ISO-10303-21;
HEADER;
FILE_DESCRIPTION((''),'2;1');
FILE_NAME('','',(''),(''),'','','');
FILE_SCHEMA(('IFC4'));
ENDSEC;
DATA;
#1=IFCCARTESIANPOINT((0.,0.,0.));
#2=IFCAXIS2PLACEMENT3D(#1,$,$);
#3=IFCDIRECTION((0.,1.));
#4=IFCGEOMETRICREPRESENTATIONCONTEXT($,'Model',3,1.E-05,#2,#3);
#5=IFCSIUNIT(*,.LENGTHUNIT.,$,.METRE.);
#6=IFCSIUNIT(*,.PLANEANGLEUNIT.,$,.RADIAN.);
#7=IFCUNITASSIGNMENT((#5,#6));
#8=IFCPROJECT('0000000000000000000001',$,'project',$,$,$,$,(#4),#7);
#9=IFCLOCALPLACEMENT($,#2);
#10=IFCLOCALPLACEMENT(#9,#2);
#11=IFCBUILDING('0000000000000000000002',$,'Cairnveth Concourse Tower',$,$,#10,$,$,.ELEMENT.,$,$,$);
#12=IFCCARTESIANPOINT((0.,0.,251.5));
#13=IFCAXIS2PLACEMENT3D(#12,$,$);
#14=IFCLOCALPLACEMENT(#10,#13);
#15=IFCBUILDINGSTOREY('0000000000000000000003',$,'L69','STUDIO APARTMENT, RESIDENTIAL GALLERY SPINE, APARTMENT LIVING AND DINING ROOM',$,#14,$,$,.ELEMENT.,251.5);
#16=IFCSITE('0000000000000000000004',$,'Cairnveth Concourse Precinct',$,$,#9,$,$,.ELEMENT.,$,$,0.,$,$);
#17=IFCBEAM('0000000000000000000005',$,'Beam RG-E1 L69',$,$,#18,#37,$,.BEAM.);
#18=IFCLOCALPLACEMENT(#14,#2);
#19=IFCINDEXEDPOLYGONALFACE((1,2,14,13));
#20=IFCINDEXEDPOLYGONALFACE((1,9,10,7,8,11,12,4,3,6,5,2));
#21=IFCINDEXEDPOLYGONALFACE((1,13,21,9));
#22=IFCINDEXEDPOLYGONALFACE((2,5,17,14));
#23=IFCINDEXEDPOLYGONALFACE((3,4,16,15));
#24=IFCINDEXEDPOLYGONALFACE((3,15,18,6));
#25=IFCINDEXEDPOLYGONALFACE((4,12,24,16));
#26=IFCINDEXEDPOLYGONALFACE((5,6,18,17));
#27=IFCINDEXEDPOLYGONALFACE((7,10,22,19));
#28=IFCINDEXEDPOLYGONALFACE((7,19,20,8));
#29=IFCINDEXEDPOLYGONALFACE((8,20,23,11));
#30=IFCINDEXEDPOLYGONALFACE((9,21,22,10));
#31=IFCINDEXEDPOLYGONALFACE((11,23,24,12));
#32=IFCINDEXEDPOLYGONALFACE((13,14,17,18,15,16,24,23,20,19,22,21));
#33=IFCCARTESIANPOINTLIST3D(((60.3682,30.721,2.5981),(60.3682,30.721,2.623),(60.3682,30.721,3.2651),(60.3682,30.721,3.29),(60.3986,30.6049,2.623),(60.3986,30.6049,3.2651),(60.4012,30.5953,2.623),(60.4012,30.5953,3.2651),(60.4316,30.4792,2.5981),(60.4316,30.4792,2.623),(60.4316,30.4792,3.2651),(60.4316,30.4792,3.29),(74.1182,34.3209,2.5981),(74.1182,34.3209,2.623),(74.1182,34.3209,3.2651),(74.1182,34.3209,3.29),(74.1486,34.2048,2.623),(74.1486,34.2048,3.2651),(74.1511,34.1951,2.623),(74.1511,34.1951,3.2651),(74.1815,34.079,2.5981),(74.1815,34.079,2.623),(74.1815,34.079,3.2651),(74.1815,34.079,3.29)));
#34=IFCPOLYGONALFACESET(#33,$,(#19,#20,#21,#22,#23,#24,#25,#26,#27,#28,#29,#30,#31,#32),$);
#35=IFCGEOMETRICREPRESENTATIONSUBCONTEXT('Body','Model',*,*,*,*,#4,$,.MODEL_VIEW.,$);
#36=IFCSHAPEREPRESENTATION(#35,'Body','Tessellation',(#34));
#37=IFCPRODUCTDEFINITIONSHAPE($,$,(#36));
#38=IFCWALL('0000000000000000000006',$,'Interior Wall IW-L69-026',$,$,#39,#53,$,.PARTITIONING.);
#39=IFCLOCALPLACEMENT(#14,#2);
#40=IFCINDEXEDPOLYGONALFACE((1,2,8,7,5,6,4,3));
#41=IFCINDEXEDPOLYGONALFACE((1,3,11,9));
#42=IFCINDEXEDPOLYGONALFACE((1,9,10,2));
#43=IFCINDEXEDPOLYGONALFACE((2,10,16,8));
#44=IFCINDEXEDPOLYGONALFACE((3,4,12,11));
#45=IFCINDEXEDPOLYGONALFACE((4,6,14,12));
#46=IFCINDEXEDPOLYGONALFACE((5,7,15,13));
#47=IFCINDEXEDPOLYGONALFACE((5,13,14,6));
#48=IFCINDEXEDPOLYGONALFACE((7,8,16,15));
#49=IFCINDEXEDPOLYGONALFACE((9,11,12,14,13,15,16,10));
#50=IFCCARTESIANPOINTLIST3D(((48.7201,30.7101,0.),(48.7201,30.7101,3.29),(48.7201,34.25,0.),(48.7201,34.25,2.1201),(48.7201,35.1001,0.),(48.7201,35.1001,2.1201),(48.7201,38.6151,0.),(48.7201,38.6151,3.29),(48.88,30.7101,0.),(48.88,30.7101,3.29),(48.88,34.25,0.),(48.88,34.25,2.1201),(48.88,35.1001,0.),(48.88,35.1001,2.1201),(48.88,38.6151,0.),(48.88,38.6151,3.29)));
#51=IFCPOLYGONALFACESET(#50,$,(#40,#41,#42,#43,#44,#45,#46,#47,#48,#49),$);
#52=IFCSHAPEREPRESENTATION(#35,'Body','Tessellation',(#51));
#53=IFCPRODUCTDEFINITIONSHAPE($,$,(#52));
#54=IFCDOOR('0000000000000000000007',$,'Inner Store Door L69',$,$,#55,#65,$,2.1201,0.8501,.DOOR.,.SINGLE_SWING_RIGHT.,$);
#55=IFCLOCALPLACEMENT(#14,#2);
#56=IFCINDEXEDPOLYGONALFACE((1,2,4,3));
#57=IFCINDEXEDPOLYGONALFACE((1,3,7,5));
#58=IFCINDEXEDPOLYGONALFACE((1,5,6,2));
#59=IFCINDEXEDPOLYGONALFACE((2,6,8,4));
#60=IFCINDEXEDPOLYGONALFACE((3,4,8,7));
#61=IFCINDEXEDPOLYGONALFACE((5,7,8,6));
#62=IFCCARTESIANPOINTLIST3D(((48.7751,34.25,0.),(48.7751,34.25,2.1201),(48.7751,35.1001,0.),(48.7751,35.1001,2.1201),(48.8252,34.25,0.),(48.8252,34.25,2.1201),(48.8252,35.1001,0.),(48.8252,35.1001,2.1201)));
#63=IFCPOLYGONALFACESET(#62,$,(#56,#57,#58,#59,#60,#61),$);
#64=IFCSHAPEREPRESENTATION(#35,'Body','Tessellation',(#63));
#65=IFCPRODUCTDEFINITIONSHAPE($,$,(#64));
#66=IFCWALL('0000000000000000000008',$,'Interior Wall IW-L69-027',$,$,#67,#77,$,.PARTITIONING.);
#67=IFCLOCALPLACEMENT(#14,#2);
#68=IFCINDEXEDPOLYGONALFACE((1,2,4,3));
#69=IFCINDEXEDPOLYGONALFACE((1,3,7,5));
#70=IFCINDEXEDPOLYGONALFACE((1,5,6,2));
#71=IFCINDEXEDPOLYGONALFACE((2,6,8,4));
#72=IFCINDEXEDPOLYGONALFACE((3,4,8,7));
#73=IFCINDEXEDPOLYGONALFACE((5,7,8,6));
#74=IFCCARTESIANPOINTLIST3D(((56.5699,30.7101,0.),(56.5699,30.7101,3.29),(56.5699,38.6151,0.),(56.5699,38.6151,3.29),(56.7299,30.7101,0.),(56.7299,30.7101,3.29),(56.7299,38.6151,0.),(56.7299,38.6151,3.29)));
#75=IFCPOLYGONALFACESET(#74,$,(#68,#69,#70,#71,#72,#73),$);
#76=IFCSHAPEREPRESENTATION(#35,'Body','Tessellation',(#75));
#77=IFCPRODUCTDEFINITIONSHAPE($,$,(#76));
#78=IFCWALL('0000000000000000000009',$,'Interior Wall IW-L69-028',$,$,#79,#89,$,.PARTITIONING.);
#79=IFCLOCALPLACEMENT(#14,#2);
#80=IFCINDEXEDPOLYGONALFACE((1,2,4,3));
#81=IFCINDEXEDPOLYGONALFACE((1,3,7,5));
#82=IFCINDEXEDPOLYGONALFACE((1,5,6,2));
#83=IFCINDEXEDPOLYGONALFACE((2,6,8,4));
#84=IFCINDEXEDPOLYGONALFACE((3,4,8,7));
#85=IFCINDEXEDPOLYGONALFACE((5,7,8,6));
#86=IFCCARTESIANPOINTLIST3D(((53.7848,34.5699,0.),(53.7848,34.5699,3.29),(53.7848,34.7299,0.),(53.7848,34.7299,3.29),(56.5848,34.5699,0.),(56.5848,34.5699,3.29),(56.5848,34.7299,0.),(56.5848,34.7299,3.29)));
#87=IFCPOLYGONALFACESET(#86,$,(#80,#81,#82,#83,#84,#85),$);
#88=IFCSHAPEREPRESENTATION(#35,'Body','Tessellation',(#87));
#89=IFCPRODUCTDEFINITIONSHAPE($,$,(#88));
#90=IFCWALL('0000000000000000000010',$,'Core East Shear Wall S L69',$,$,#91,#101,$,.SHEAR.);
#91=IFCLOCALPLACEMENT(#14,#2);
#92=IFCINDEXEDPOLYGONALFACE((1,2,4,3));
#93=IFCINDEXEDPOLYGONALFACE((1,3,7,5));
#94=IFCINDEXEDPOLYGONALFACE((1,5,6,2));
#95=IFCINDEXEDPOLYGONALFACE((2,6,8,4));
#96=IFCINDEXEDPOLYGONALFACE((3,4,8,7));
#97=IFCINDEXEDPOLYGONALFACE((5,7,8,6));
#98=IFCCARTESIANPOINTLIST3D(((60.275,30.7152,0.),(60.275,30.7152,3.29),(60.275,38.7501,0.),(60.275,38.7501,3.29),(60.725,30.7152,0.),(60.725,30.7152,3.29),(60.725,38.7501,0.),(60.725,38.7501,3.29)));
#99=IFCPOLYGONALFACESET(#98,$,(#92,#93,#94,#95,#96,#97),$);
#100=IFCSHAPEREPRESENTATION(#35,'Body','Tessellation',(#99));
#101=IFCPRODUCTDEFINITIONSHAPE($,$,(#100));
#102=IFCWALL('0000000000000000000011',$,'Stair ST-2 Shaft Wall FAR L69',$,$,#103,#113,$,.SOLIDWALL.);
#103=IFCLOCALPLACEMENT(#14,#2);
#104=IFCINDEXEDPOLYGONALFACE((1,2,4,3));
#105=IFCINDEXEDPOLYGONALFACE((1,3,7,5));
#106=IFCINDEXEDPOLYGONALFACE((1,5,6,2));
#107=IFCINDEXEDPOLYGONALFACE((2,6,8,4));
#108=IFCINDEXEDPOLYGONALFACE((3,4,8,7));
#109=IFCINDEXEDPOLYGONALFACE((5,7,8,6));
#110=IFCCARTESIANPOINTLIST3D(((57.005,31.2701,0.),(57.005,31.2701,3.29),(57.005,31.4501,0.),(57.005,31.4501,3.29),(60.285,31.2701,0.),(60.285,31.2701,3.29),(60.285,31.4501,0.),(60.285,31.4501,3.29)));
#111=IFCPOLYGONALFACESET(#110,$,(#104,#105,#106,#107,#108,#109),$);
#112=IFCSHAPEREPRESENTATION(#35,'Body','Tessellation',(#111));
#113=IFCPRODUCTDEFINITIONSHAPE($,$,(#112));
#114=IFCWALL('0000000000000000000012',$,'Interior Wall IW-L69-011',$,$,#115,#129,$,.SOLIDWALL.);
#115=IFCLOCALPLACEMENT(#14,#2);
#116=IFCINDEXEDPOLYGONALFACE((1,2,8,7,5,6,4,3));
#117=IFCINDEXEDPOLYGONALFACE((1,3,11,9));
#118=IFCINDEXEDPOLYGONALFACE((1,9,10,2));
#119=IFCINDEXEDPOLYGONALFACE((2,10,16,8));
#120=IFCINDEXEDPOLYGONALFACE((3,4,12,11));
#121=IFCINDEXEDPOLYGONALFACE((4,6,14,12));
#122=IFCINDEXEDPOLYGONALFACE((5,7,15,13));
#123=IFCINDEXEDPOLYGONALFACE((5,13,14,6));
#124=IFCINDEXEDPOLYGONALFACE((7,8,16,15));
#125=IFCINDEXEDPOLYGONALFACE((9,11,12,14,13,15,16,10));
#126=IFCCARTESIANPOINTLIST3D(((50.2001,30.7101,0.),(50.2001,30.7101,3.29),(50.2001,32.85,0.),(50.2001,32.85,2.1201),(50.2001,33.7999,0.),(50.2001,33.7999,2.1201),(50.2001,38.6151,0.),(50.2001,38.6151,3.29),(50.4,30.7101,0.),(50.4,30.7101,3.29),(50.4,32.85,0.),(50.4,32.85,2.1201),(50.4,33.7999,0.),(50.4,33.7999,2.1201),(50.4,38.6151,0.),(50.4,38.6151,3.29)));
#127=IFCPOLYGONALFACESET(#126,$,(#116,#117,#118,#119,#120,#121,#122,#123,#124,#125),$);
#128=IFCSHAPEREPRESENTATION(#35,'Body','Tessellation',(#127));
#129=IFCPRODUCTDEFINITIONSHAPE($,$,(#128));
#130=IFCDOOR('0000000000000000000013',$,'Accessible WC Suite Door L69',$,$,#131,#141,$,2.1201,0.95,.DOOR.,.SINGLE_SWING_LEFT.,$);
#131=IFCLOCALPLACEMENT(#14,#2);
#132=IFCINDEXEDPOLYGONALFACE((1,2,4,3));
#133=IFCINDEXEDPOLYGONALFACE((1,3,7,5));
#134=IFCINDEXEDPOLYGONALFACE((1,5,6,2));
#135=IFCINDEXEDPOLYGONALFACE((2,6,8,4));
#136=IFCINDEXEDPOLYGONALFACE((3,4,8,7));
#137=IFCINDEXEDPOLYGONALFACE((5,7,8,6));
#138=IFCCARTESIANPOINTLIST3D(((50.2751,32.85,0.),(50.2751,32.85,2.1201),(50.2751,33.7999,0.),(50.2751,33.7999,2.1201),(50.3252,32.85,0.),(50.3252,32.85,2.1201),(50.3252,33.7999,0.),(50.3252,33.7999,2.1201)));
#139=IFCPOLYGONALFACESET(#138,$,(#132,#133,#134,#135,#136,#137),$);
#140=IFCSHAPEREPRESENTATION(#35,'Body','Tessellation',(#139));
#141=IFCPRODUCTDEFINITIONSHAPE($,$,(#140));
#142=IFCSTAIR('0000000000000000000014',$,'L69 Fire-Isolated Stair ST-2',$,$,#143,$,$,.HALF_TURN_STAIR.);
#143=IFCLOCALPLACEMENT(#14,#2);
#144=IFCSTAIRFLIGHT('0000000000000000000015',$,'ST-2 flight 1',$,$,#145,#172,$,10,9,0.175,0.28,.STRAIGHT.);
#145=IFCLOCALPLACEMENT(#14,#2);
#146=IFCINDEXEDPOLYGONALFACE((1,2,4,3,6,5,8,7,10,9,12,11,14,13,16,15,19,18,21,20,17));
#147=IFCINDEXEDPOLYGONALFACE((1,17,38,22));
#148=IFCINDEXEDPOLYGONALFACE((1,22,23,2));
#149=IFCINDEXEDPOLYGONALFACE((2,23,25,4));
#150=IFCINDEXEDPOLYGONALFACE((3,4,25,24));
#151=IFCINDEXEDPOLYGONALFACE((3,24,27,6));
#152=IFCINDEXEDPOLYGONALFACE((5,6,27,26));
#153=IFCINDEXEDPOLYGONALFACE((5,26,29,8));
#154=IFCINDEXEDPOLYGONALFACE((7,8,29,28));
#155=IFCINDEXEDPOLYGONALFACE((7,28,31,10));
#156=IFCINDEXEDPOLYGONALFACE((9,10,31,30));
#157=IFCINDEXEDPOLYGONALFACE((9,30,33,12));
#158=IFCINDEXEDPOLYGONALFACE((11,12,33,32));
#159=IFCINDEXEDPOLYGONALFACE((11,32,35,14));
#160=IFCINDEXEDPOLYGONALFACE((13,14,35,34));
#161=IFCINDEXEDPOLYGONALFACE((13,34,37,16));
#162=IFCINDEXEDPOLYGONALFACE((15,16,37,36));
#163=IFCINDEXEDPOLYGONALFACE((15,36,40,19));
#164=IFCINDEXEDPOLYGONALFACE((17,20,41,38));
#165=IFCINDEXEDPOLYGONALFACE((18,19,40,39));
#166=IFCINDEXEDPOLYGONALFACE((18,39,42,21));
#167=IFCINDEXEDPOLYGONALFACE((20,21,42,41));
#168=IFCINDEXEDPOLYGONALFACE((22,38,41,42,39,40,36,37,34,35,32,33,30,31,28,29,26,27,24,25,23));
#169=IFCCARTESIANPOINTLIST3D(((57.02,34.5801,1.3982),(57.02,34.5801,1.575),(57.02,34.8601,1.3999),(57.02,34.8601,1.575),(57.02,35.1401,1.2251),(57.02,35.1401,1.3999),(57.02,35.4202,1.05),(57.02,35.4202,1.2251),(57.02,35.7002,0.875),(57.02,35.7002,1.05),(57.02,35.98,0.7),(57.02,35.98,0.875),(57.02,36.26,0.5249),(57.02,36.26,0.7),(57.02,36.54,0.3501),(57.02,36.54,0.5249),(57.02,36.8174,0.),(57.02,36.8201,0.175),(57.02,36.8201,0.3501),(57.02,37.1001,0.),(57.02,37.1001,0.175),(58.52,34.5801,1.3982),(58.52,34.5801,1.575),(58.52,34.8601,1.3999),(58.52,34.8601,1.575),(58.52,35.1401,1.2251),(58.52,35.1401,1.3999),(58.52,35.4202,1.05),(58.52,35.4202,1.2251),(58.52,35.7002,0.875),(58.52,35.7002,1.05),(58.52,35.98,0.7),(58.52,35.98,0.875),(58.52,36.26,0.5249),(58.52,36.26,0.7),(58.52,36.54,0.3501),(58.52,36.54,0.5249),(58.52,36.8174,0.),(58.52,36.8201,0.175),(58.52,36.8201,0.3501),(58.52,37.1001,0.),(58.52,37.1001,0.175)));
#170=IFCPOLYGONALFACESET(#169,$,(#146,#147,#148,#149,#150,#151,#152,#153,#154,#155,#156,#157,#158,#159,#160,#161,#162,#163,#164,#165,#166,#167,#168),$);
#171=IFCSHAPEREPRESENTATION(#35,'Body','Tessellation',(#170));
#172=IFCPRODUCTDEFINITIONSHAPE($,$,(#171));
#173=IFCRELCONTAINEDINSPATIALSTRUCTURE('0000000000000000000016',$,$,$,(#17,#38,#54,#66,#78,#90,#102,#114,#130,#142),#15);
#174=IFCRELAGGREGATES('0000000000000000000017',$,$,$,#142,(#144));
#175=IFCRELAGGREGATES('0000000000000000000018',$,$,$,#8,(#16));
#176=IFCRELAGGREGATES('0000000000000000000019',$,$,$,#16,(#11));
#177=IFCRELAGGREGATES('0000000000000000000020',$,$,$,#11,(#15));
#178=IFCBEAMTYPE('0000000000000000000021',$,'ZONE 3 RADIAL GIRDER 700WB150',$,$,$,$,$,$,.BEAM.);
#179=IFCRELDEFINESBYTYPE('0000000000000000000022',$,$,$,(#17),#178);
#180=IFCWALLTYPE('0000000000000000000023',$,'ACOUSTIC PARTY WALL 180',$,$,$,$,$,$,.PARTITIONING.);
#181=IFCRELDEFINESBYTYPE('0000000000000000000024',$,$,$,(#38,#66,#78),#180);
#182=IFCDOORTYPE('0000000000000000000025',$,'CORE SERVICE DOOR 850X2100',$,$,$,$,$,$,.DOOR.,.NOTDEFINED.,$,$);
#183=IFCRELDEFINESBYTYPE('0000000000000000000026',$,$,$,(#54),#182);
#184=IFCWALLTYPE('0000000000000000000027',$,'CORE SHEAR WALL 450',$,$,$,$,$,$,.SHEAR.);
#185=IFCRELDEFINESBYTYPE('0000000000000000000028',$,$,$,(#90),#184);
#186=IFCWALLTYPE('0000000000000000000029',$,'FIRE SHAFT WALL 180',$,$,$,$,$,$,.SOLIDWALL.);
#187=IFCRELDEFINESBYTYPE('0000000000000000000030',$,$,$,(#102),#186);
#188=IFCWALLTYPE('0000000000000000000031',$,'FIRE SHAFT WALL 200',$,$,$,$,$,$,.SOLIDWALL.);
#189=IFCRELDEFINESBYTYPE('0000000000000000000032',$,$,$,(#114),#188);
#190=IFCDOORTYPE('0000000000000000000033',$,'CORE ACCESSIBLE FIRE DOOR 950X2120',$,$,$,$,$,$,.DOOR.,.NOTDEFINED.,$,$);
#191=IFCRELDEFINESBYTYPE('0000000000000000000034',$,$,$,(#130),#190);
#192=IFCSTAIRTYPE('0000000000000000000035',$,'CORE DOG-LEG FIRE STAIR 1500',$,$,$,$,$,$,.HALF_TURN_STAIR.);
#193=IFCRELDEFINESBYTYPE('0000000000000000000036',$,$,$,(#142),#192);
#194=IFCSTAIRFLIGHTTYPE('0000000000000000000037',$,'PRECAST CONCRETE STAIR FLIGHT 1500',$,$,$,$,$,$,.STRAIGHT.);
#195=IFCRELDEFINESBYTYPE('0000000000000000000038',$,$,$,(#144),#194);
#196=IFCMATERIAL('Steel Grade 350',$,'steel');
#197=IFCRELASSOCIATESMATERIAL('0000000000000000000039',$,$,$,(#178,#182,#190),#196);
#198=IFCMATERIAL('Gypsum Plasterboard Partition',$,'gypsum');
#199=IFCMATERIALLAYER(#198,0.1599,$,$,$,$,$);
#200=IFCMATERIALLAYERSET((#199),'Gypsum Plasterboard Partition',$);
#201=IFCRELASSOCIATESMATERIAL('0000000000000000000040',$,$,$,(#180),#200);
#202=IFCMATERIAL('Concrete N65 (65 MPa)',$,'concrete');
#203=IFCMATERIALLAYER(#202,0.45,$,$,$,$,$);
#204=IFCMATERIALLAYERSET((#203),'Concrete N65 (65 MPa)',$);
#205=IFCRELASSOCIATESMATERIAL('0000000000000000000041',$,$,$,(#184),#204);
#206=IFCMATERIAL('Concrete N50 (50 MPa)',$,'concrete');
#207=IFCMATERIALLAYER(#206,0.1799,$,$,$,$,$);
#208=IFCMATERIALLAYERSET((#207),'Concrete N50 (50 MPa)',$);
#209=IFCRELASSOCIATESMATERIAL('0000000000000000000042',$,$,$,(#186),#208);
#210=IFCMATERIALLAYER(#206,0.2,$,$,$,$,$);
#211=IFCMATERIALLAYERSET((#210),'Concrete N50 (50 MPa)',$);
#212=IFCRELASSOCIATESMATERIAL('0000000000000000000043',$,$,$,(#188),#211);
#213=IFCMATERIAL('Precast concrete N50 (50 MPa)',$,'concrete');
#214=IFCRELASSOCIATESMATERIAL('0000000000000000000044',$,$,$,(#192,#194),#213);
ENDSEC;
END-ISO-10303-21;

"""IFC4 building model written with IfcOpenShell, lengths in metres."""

from ifc_helpers import new_model, si_unit, direction, frame, frame_2d, origin, origin_2d, place, context, subcontext, project, spatial, polyline, rectangle, i_section, outline, extrude, material, layer, layer_set, material_profile, profile_set, type_object, element, fill, aggregate, save


model = new_model("IFC4")

# Units and contexts
model_context = context("Model", 3, precision=1e-05, world=origin(), true_north=direction((0.0, 1.0)))
body_context = subcontext(model_context, "Body", "Model", "MODEL_VIEW")
ifc_project = project(units=[si_unit("LENGTHUNIT", "METRE"), si_unit("PLANEANGLEUNIT", "RADIAN")], contexts=[model_context])

# Site, building, storey
site_placement = place(None, origin())
site = spatial("IfcSite", under=ifc_project, at=site_placement, Name="Cairnveth Concourse Precinct", CompositionType="ELEMENT", RefElevation=0.0)
building_placement = place(site_placement, origin())
building = spatial("IfcBuilding", under=site, at=building_placement, Name="Cairnveth Concourse Tower", CompositionType="ELEMENT")
storey_placement = place(building_placement, frame((0.0, 0.0, 251.5)))
storey = spatial("IfcBuildingStorey", under=building, at=storey_placement, Name="L69", Description="STUDIO APARTMENT, RESIDENTIAL GALLERY SPINE, APARTMENT LIVING AND DINING ROOM", CompositionType="ELEMENT", Elevation=251.5)

# Beam
ifc_material_1 = material(Name="Steel Grade 350", Category="steel")
ifc_material_profile = material_profile(ifc_material_1, i_section(OverallWidth=0.25, OverallDepth=0.6919, WebThickness=0.01, FlangeThickness=0.0249, at=origin_2d()), Name="700WB150")
ifc_profile_set = profile_set([ifc_material_profile], Name="Steel Grade 350")
beam_type = type_object("IfcBeamType", Name="ZONE 3 RADIAL GIRDER 700WB150", PredefinedType="BEAM", material=ifc_profile_set)
beam_placement = place(storey_placement, frame((60.3999, 30.6001, 2.9441), z_axis=(0.967395, 0.253271, 0.0), x_axis=(-0.253271, 0.967395, 0.0)))
element("IfcBeam", 1, at=beam_placement, inside=storey, type_object=beam_type, Name="Beam RG-E1 L69", PredefinedType="BEAM", context=body_context, shape_type="SweptSolid", body=[
    extrude(i_section(OverallWidth=0.25, OverallDepth=0.6919, WebThickness=0.01, FlangeThickness=0.0249, at=origin_2d()), origin(), (0.0, 0.0, 1.0), 14.2134),
])

# Wall, opening, door
ifc_material_2 = material(Name="Gypsum Plasterboard Partition", Category="gypsum")
ifc_layer_1 = layer(ifc_material_2, 0.1599)
ifc_layer_set_1 = layer_set([ifc_layer_1], Name="Gypsum Plasterboard Partition")
wall_type_1 = type_object("IfcWallType", Name="ACOUSTIC PARTY WALL 180", PredefinedType="PARTITIONING", material=ifc_layer_set_1)
wall_1_placement = place(storey_placement, frame((48.8, 30.71, 0.0), z_axis=(0.0, 0.0, 1.0), x_axis=(0.0, 1.0, 0.0)))
wall_1 = element("IfcWall", 2, at=wall_1_placement, inside=storey, type_object=wall_type_1, Name="Interior Wall IW-L69-026", PredefinedType="PARTITIONING", context=body_context, shape_type="SweptSolid", body=[
    extrude(rectangle(XDim=7.905, YDim=0.1599, at=frame_2d((3.9526, 0.0))), origin(), (0.0, 0.0, 1.0), 3.29),
])
opening_1_placement = place(wall_1_placement, frame((3.54, 0.0, 0.0)))
opening_1 = element("IfcOpeningElement", 3, at=opening_1_placement, cuts=wall_1, PredefinedType="OPENING", context=body_context, shape_type="SweptSolid", body=[
    extrude(rectangle(XDim=0.8501, YDim=2.1201, at=frame_2d((0.425, 1.0601))), frame((0.0, 0.0898, 0.0), z_axis=(0.0, -1.0, 0.0), x_axis=(1.0, 0.0, 0.0)), (0.0, 0.0, 1.0), 0.1799),
])
door_type_1 = type_object("IfcDoorType", Name="CORE SERVICE DOOR 850X2100", OperationType="NOTDEFINED", PredefinedType="DOOR", material=ifc_material_1)
door_1_placement = place(opening_1_placement, origin())
door_1 = element("IfcDoor", 4, at=door_1_placement, inside=storey, type_object=door_type_1, Name="Inner Store Door L69", OperationType="SINGLE_SWING_RIGHT", OverallHeight=2.1201, OverallWidth=0.8501, PredefinedType="DOOR", context=body_context, shape_type="SweptSolid", body=[
    extrude(rectangle(XDim=0.8501, YDim=2.1201, at=frame_2d((0.425, 1.0601))), frame((0.0, 0.0249, 0.0), z_axis=(0.0, -1.0, 0.0), x_axis=(1.0, 0.0, 0.0)), (0.0, 0.0, 1.0), 0.05),
])
fill(opening_1, door_1)

# Walls
wall_2_placement = place(storey_placement, frame((56.6499, 30.71, 0.0), z_axis=(0.0, 0.0, 1.0), x_axis=(0.0, 1.0, 0.0)))
element("IfcWall", 5, at=wall_2_placement, inside=storey, type_object=wall_type_1, Name="Interior Wall IW-L69-027", PredefinedType="PARTITIONING", context=body_context, shape_type="SweptSolid", body=[
    extrude(rectangle(XDim=7.905, YDim=0.1599, at=frame_2d((3.9526, 0.0))), origin(), (0.0, 0.0, 1.0), 3.29),
])
wall_3_placement = place(storey_placement, frame((53.7849, 34.6499, 0.0), z_axis=(0.0, 0.0, 1.0), x_axis=(1.0, 0.0, 0.0)))
element("IfcWall", 6, at=wall_3_placement, inside=storey, type_object=wall_type_1, Name="Interior Wall IW-L69-028", PredefinedType="PARTITIONING", context=body_context, shape_type="SweptSolid", body=[
    extrude(rectangle(XDim=2.8, YDim=0.1599, at=frame_2d((1.3999, 0.0))), origin(), (0.0, 0.0, 1.0), 3.29),
])
ifc_material_3 = material(Name="Concrete N65 (65 MPa)", Category="concrete")
ifc_layer_2 = layer(ifc_material_3, 0.45)
ifc_layer_set_2 = layer_set([ifc_layer_2], Name="Concrete N65 (65 MPa)")
wall_type_2 = type_object("IfcWallType", Name="CORE SHEAR WALL 450", PredefinedType="SHEAR", material=ifc_layer_set_2)
wall_4_placement = place(storey_placement, frame((60.5, 30.7151, 0.0), z_axis=(0.0, 0.0, 1.0), x_axis=(0.0, 1.0, 0.0)))
element("IfcWall", 7, at=wall_4_placement, inside=storey, type_object=wall_type_2, Name="Core East Shear Wall S L69", PredefinedType="SHEAR", context=body_context, shape_type="SweptSolid", body=[
    extrude(rectangle(XDim=8.0349, YDim=0.45, at=frame_2d((4.0176, 0.0))), origin(), (0.0, 0.0, 1.0), 3.29),
])

# Shared definitions
ifc_material_4 = material(Name="Concrete N50 (50 MPa)", Category="concrete")
ifc_layer_3 = layer(ifc_material_4, 0.1799)
ifc_layer_set_3 = layer_set([ifc_layer_3], Name="Concrete N50 (50 MPa)")
wall_type_3 = type_object("IfcWallType", Name="FIRE SHAFT WALL 180", PredefinedType="SOLIDWALL", material=ifc_layer_set_3)

# Wall
wall_5_placement = place(storey_placement, frame((57.0049, 31.3601, 0.0), z_axis=(0.0, 0.0, 1.0), x_axis=(1.0, 0.0, 0.0)))
element("IfcWall", 8, at=wall_5_placement, inside=storey, type_object=wall_type_3, Name="Stair ST-2 Shaft Wall FAR L69", PredefinedType="SOLIDWALL", context=body_context, shape_type="SweptSolid", body=[
    extrude(rectangle(XDim=3.28, YDim=0.1799, at=frame_2d((1.6401, 0.0))), origin(), (0.0, 0.0, 1.0), 3.29),
])

# Wall, opening, door
ifc_layer_4 = layer(ifc_material_4, 0.2)
ifc_layer_set_4 = layer_set([ifc_layer_4], Name="Concrete N50 (50 MPa)")
wall_type_4 = type_object("IfcWallType", Name="FIRE SHAFT WALL 200", PredefinedType="SOLIDWALL", material=ifc_layer_set_4)
wall_6_placement = place(storey_placement, frame((50.3, 30.71, 0.0), z_axis=(0.0, 0.0, 1.0), x_axis=(0.0, 1.0, 0.0)))
wall_6 = element("IfcWall", 9, at=wall_6_placement, inside=storey, type_object=wall_type_4, Name="Interior Wall IW-L69-011", PredefinedType="SOLIDWALL", context=body_context, shape_type="SweptSolid", body=[
    extrude(rectangle(XDim=7.905, YDim=0.2, at=frame_2d((3.9526, 0.0))), origin(), (0.0, 0.0, 1.0), 3.29),
])
opening_2_placement = place(wall_6_placement, frame((2.1399, 0.0, 0.0)))
opening_2 = element("IfcOpeningElement", 10, at=opening_2_placement, cuts=wall_6, PredefinedType="OPENING", context=body_context, shape_type="SweptSolid", body=[
    extrude(rectangle(XDim=0.95, YDim=2.1201, at=frame_2d((0.4751, 1.0601))), frame((0.0, 0.1099, 0.0), z_axis=(0.0, -1.0, 0.0), x_axis=(1.0, 0.0, 0.0)), (0.0, 0.0, 1.0), 0.22),
])
door_type_2 = type_object("IfcDoorType", Name="CORE ACCESSIBLE FIRE DOOR 950X2120", OperationType="NOTDEFINED", PredefinedType="DOOR", material=ifc_material_1)
door_2_placement = place(opening_2_placement, origin())
door_2 = element("IfcDoor", 11, at=door_2_placement, inside=storey, type_object=door_type_2, Name="Accessible WC Suite Door L69", OperationType="SINGLE_SWING_LEFT", OverallHeight=2.1201, OverallWidth=0.95, PredefinedType="DOOR", context=body_context, shape_type="SweptSolid", body=[
    extrude(rectangle(XDim=0.95, YDim=2.1201, at=frame_2d((0.4751, 1.0601))), frame((0.0, 0.0249, 0.0), z_axis=(0.0, -1.0, 0.0), x_axis=(1.0, 0.0, 0.0)), (0.0, 0.0, 1.0), 0.05),
])
fill(opening_2, door_2)

# Stair, stair flight
ifc_material_5 = material(Name="Precast concrete N50 (50 MPa)", Category="concrete")
stair_type = type_object("IfcStairType", Name="CORE DOG-LEG FIRE STAIR 1500", PredefinedType="HALF_TURN_STAIR", material=ifc_material_5)
stair_placement = place(storey_placement, origin())
stair = element("IfcStair", 12, at=stair_placement, inside=storey, type_object=stair_type, Name="L69 Fire-Isolated Stair ST-2", PredefinedType="HALF_TURN_STAIR")
stair_flight_type = type_object("IfcStairFlightType", Name="PRECAST CONCRETE STAIR FLIGHT 1500", PredefinedType="STRAIGHT", material=ifc_material_5)
stair_flight_1_placement = place(storey_placement, frame((57.77, 37.1001, 0.0), z_axis=(0.0, 0.0, 1.0), x_axis=(0.0, -1.0, 0.0)))
stair_flight_1 = element("IfcStairFlight", 13, at=stair_flight_1_placement, type_object=stair_flight_type, Name="ST-2 flight 1", NumberOfRisers=10, NumberOfTreads=9, PredefinedType="STRAIGHT", RiserHeight=0.175, TreadLength=0.28, context=body_context, shape_type="SweptSolid", body=[
    extrude(outline(polyline([(0.0, 0.0), (0.0, 0.175), (0.28, 0.175), (0.28, 0.3501), (0.5601, 0.3501), (0.5601, 0.5249), (0.8401, 0.5249), (0.8401, 0.7), (1.1201, 0.7), (1.1201, 0.875), (1.3999, 0.875), (1.3999, 1.05), (1.6799, 1.05), (1.6799, 1.2251), (1.96, 1.2251), (1.96, 1.3999), (2.24, 1.3999), (2.24, 1.575), (2.52, 1.575), (2.52, 1.75), (2.52, 1.3982), (0.2827, 0.0), (0.0, 0.0)])), frame((0.0, 0.75, 0.0), z_axis=(0.0, -1.0, 0.0), x_axis=(1.0, 0.0, 0.0)), (0.0, 0.0, 1.0), 1.5),
])
aggregate(stair, [stair_flight_1])

save(model, "model.ifc")
